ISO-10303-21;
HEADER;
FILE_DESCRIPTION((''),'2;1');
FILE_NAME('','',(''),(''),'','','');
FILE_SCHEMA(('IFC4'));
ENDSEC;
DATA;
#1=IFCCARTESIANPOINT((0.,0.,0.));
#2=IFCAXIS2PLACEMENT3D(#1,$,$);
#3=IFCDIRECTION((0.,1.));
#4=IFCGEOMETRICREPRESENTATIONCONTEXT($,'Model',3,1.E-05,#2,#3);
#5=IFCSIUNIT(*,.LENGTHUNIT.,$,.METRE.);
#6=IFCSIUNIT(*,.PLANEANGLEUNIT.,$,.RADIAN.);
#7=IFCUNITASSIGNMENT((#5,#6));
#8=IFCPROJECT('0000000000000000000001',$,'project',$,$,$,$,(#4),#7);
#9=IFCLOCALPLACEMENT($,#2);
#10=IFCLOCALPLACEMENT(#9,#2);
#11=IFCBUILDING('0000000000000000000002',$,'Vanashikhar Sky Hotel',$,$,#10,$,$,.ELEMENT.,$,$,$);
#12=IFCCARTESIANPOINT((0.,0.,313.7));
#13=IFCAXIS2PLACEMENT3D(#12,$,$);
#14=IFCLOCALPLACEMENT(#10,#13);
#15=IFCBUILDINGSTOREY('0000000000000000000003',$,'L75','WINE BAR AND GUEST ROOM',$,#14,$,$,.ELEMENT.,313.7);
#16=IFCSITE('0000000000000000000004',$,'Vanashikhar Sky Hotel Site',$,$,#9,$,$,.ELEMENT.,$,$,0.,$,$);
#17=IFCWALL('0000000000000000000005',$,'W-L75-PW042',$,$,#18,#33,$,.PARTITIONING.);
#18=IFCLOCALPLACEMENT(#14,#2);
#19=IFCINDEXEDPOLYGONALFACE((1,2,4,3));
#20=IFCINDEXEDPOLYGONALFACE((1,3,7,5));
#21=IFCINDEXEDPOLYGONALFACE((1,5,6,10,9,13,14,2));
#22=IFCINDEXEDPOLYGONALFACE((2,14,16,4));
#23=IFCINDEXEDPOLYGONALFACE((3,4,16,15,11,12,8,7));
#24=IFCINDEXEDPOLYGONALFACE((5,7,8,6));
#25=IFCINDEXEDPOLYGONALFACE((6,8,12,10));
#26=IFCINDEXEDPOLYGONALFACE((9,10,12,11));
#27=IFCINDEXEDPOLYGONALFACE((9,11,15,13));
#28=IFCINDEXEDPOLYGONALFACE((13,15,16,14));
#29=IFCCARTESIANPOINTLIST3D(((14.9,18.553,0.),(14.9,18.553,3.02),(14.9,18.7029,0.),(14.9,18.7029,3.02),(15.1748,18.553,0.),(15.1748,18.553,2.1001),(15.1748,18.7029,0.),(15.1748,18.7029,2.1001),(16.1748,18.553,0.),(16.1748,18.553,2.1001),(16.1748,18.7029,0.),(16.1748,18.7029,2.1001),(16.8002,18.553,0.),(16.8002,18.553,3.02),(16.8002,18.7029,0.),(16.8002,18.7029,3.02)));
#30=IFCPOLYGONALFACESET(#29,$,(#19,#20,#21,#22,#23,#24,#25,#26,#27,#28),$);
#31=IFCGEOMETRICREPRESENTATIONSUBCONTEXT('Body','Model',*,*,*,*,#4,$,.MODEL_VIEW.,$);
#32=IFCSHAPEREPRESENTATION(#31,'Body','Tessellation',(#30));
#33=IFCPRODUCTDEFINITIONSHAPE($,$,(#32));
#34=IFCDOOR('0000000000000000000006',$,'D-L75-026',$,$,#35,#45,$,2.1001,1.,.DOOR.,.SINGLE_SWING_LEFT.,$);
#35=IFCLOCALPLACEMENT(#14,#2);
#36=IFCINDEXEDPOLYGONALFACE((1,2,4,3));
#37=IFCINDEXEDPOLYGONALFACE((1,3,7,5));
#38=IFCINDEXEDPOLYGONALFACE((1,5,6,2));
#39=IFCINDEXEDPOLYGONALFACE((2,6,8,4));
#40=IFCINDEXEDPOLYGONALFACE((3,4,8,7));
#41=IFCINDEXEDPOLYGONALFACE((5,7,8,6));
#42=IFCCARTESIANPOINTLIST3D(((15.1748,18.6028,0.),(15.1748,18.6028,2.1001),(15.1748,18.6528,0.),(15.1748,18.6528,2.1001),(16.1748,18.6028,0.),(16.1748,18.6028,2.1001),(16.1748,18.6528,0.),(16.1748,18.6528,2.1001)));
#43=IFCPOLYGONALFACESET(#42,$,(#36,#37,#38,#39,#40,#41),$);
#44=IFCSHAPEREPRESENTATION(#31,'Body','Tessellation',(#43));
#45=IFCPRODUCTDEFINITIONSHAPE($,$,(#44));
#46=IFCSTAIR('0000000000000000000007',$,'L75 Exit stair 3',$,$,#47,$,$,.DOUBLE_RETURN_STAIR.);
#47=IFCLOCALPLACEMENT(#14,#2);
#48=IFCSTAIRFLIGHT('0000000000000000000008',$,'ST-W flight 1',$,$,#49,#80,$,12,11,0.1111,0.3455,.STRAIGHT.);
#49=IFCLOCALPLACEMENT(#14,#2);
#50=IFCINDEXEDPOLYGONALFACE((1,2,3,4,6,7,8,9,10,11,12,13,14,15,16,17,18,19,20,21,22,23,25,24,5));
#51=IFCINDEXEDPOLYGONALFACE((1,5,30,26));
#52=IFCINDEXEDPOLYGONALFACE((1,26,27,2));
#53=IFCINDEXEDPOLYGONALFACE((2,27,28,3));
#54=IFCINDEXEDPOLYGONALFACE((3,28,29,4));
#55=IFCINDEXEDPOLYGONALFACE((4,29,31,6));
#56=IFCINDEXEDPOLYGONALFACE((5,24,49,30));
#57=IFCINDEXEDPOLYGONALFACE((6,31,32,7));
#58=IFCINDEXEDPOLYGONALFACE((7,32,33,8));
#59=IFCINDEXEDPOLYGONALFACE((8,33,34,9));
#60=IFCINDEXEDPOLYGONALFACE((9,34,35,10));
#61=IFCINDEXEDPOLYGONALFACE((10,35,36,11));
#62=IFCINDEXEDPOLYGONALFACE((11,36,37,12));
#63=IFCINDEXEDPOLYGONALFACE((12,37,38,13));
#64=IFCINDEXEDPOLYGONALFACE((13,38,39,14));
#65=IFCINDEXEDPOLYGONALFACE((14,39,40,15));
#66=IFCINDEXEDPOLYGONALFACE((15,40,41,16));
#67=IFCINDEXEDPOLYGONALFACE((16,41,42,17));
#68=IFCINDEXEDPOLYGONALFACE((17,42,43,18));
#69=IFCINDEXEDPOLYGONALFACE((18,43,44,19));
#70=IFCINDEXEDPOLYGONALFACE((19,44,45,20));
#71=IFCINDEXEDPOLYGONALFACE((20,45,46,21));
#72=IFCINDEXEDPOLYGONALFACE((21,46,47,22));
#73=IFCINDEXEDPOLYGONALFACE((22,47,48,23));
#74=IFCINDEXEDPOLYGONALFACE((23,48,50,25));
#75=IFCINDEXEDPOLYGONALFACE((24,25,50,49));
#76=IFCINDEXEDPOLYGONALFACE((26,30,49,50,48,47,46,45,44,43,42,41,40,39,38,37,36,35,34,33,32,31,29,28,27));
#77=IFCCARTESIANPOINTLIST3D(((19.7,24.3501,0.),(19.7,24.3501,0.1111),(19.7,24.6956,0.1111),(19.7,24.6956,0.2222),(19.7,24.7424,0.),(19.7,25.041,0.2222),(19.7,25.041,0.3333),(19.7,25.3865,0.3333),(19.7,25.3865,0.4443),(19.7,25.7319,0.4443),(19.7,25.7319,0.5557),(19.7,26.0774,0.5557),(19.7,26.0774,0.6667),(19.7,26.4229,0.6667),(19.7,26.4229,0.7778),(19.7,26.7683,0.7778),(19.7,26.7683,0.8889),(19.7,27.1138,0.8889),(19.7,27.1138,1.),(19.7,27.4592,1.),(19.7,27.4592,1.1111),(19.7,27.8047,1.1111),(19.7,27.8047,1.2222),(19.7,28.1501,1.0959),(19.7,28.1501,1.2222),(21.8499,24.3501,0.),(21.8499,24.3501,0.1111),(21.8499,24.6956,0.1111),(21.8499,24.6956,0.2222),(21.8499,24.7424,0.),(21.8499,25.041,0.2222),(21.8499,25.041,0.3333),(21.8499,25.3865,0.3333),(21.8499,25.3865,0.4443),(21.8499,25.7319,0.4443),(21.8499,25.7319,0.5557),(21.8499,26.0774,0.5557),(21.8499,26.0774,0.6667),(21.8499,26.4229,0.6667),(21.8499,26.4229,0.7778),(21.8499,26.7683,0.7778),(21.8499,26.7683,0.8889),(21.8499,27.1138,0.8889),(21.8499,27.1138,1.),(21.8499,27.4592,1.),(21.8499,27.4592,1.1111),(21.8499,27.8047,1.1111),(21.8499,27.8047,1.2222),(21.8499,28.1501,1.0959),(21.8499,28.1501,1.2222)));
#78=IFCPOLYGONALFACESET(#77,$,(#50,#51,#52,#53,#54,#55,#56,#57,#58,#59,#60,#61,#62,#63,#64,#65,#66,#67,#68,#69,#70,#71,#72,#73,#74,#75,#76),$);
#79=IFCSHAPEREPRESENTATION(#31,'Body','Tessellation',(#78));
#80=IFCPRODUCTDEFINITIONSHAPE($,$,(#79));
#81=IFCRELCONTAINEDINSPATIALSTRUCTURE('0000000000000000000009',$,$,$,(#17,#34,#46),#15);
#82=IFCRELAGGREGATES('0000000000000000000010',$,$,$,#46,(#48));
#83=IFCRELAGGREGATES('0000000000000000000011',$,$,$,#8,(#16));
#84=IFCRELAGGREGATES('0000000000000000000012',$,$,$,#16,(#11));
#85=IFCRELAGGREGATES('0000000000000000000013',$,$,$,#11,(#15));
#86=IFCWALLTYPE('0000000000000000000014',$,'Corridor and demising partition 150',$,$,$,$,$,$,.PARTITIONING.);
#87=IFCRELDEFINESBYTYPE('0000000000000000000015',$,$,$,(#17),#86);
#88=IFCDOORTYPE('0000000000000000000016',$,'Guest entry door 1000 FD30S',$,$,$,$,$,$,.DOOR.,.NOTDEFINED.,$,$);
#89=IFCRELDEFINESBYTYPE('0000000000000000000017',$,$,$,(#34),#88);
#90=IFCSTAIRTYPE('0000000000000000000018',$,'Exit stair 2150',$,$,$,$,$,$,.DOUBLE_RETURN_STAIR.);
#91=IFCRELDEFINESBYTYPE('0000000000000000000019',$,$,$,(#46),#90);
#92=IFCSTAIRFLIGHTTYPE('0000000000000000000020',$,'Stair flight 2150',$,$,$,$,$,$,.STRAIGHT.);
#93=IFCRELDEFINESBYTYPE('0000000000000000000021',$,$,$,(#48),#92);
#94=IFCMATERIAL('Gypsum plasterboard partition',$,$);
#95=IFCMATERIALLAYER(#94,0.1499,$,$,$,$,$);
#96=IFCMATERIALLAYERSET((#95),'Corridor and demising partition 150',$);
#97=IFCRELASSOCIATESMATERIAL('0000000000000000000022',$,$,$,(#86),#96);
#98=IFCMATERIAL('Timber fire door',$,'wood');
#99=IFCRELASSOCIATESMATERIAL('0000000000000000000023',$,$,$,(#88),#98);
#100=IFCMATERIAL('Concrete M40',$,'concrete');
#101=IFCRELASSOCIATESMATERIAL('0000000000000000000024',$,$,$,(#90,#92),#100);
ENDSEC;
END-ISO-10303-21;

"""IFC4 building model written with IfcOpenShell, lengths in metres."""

from ifc_helpers import new_model, si_unit, direction, frame, frame_2d, origin, place, context, subcontext, project, spatial, polyline, rectangle, outline, extrude, source, transform, mapped, material, layer, layer_set, type_object, element, fill, aggregate, save


model = new_model("IFC4")

# Units and contexts
model_context = context("Model", 3, precision=1e-05, world=origin(), true_north=direction((0.0, 1.0)))
body_context = subcontext(model_context, "Body", "Model", "MODEL_VIEW")
ifc_project = project(units=[si_unit("LENGTHUNIT", "METRE"), si_unit("PLANEANGLEUNIT", "RADIAN")], contexts=[model_context])

# Site, building, storey
site_placement = place(None, origin())
site = spatial("IfcSite", under=ifc_project, at=site_placement, Name="Vanashikhar Sky Hotel Site", CompositionType="ELEMENT", RefElevation=0.0)
building_placement = place(site_placement, origin())
building = spatial("IfcBuilding", under=site, at=building_placement, Name="Vanashikhar Sky Hotel", CompositionType="ELEMENT")
storey_placement = place(building_placement, frame((0.0, 0.0, 313.7)))
storey = spatial("IfcBuildingStorey", under=building, at=storey_placement, Name="L75", Description="WINE BAR AND GUEST ROOM", CompositionType="ELEMENT", Elevation=313.7)

# Wall, opening, door
ifc_material_1 = material(Name="Gypsum plasterboard partition")
ifc_layer_1 = layer(ifc_material_1, 0.1499)
ifc_layer_set_1 = layer_set([ifc_layer_1], Name="Corridor and demising partition 150")
wall_type_1 = type_object("IfcWallType", Name="Corridor and demising partition 150", PredefinedType="PARTITIONING", material=ifc_layer_set_1)
ifc_material_2 = material(Name="Timber fire door", Category="wood")
shared_shape_1 = source(origin(), body_context, "Body", "SweptSolid", [
    extrude(rectangle(XDim=1.9001, YDim=0.1499, at=frame_2d((0.9502, 0.0))), origin(), (0.0, 0.0, 1.0), 3.02),
])
shared_shape_2 = source(origin(), body_context, "Body", "SweptSolid", [
    extrude(rectangle(XDim=1.0, YDim=2.1001, at=frame_2d((0.5, 1.05))), frame((0.0, 0.085, 0.0), z_axis=(0.0, -1.0, 0.0), x_axis=(1.0, 0.0, 0.0)), (0.0, 0.0, 1.0), 0.1699),
])
door_type_1 = type_object("IfcDoorType", Name="Guest entry door 1000 FD30S", OperationType="NOTDEFINED", PredefinedType="DOOR", material=ifc_material_2)
shared_shape_3 = source(origin(), body_context, "Body", "SweptSolid", [
    extrude(rectangle(XDim=1.0, YDim=2.1001, at=frame_2d((0.5, 1.05))), frame((0.0, 0.0249, 0.0), z_axis=(0.0, -1.0, 0.0), x_axis=(1.0, 0.0, 0.0)), (0.0, 0.0, 1.0), 0.05),
])
wall_1_placement = place(storey_placement, frame((14.8999, 18.6279, 0.0), z_axis=(0.0, 0.0, 1.0), x_axis=(1.0, 0.0, 0.0)))
wall_1 = element("IfcWall", 1, at=wall_1_placement, inside=storey, type_object=wall_type_1, Name="W-L75-PW042", PredefinedType="PARTITIONING", context=body_context, shape_type="MappedRepresentation", body=[
    mapped(shared_shape_1, transform((0.0, 0.0, 0.0), scale=1.0)),
])
opening_1_placement = place(wall_1_placement, frame((0.2749, 0.0, 0.0)))
opening_1 = element("IfcOpeningElement", 2, at=opening_1_placement, cuts=wall_1, PredefinedType="OPENING", context=body_context, shape_type="MappedRepresentation", body=[
    mapped(shared_shape_2, transform((0.0, 0.0, 0.0), scale=1.0)),
])
door_1_placement = place(opening_1_placement, origin())
door_1 = element("IfcDoor", 3, at=door_1_placement, inside=storey, type_object=door_type_1, Name="D-L75-026", OperationType="SINGLE_SWING_LEFT", OverallHeight=2.1001, OverallWidth=1.0, PredefinedType="DOOR", context=body_context, shape_type="MappedRepresentation", body=[
    mapped(shared_shape_3, transform((0.0, 0.0, 0.0), scale=1.0)),
])
fill(opening_1, door_1)

# Stair, stair flight
ifc_material_3 = material(Name="Concrete M40", Category="concrete")
stair_type = type_object("IfcStairType", Name="Exit stair 2150", PredefinedType="DOUBLE_RETURN_STAIR", material=ifc_material_3)
stair_placement = place(storey_placement, origin())
stair = element("IfcStair", 4, at=stair_placement, inside=storey, type_object=stair_type, Name="L75 Exit stair 3", PredefinedType="DOUBLE_RETURN_STAIR")
stair_flight_type = type_object("IfcStairFlightType", Name="Stair flight 2150", PredefinedType="STRAIGHT", material=ifc_material_3)
shared_shape_4 = source(origin(), body_context, "Body", "SweptSolid", [
    extrude(outline(polyline([(0.0, 0.0), (0.0, 0.1111), (0.3455, 0.1111), (0.3455, 0.2222), (0.6909, 0.2222), (0.6909, 0.3333), (1.0364, 0.3333), (1.0364, 0.4443), (1.3818, 0.4443), (1.3818, 0.5557), (1.7273, 0.5557), (1.7273, 0.6667), (2.0728, 0.6667), (2.0728, 0.7778), (2.4182, 0.7778), (2.4182, 0.8889), (2.7637, 0.8889), (2.7637, 1.0), (3.1091, 1.0), (3.1091, 1.1111), (3.4546, 1.1111), (3.4546, 1.2222), (3.8, 1.2222), (3.8, 1.3333), (3.8, 1.0959), (0.3923, 0.0), (0.0, 0.0)])), frame((0.0, 1.075, 0.0), z_axis=(0.0, -1.0, 0.0), x_axis=(1.0, 0.0, 0.0)), (0.0, 0.0, 1.0), 2.1499),
])
stair_flight_placement = place(storey_placement, frame((20.7749, 24.3501, 0.0), z_axis=(0.0, 0.0, 1.0), x_axis=(0.0, 1.0, 0.0)))
stair_flight = element("IfcStairFlight", 5, at=stair_flight_placement, type_object=stair_flight_type, Name="ST-W flight 1", NumberOfRisers=12, NumberOfTreads=11, PredefinedType="STRAIGHT", RiserHeight=0.1111, TreadLength=0.3455, context=body_context, shape_type="MappedRepresentation", body=[
    mapped(shared_shape_4, transform((0.0, 0.0, 0.0), scale=1.0)),
])
aggregate(stair, [stair_flight])

save(model, "model.ifc")
